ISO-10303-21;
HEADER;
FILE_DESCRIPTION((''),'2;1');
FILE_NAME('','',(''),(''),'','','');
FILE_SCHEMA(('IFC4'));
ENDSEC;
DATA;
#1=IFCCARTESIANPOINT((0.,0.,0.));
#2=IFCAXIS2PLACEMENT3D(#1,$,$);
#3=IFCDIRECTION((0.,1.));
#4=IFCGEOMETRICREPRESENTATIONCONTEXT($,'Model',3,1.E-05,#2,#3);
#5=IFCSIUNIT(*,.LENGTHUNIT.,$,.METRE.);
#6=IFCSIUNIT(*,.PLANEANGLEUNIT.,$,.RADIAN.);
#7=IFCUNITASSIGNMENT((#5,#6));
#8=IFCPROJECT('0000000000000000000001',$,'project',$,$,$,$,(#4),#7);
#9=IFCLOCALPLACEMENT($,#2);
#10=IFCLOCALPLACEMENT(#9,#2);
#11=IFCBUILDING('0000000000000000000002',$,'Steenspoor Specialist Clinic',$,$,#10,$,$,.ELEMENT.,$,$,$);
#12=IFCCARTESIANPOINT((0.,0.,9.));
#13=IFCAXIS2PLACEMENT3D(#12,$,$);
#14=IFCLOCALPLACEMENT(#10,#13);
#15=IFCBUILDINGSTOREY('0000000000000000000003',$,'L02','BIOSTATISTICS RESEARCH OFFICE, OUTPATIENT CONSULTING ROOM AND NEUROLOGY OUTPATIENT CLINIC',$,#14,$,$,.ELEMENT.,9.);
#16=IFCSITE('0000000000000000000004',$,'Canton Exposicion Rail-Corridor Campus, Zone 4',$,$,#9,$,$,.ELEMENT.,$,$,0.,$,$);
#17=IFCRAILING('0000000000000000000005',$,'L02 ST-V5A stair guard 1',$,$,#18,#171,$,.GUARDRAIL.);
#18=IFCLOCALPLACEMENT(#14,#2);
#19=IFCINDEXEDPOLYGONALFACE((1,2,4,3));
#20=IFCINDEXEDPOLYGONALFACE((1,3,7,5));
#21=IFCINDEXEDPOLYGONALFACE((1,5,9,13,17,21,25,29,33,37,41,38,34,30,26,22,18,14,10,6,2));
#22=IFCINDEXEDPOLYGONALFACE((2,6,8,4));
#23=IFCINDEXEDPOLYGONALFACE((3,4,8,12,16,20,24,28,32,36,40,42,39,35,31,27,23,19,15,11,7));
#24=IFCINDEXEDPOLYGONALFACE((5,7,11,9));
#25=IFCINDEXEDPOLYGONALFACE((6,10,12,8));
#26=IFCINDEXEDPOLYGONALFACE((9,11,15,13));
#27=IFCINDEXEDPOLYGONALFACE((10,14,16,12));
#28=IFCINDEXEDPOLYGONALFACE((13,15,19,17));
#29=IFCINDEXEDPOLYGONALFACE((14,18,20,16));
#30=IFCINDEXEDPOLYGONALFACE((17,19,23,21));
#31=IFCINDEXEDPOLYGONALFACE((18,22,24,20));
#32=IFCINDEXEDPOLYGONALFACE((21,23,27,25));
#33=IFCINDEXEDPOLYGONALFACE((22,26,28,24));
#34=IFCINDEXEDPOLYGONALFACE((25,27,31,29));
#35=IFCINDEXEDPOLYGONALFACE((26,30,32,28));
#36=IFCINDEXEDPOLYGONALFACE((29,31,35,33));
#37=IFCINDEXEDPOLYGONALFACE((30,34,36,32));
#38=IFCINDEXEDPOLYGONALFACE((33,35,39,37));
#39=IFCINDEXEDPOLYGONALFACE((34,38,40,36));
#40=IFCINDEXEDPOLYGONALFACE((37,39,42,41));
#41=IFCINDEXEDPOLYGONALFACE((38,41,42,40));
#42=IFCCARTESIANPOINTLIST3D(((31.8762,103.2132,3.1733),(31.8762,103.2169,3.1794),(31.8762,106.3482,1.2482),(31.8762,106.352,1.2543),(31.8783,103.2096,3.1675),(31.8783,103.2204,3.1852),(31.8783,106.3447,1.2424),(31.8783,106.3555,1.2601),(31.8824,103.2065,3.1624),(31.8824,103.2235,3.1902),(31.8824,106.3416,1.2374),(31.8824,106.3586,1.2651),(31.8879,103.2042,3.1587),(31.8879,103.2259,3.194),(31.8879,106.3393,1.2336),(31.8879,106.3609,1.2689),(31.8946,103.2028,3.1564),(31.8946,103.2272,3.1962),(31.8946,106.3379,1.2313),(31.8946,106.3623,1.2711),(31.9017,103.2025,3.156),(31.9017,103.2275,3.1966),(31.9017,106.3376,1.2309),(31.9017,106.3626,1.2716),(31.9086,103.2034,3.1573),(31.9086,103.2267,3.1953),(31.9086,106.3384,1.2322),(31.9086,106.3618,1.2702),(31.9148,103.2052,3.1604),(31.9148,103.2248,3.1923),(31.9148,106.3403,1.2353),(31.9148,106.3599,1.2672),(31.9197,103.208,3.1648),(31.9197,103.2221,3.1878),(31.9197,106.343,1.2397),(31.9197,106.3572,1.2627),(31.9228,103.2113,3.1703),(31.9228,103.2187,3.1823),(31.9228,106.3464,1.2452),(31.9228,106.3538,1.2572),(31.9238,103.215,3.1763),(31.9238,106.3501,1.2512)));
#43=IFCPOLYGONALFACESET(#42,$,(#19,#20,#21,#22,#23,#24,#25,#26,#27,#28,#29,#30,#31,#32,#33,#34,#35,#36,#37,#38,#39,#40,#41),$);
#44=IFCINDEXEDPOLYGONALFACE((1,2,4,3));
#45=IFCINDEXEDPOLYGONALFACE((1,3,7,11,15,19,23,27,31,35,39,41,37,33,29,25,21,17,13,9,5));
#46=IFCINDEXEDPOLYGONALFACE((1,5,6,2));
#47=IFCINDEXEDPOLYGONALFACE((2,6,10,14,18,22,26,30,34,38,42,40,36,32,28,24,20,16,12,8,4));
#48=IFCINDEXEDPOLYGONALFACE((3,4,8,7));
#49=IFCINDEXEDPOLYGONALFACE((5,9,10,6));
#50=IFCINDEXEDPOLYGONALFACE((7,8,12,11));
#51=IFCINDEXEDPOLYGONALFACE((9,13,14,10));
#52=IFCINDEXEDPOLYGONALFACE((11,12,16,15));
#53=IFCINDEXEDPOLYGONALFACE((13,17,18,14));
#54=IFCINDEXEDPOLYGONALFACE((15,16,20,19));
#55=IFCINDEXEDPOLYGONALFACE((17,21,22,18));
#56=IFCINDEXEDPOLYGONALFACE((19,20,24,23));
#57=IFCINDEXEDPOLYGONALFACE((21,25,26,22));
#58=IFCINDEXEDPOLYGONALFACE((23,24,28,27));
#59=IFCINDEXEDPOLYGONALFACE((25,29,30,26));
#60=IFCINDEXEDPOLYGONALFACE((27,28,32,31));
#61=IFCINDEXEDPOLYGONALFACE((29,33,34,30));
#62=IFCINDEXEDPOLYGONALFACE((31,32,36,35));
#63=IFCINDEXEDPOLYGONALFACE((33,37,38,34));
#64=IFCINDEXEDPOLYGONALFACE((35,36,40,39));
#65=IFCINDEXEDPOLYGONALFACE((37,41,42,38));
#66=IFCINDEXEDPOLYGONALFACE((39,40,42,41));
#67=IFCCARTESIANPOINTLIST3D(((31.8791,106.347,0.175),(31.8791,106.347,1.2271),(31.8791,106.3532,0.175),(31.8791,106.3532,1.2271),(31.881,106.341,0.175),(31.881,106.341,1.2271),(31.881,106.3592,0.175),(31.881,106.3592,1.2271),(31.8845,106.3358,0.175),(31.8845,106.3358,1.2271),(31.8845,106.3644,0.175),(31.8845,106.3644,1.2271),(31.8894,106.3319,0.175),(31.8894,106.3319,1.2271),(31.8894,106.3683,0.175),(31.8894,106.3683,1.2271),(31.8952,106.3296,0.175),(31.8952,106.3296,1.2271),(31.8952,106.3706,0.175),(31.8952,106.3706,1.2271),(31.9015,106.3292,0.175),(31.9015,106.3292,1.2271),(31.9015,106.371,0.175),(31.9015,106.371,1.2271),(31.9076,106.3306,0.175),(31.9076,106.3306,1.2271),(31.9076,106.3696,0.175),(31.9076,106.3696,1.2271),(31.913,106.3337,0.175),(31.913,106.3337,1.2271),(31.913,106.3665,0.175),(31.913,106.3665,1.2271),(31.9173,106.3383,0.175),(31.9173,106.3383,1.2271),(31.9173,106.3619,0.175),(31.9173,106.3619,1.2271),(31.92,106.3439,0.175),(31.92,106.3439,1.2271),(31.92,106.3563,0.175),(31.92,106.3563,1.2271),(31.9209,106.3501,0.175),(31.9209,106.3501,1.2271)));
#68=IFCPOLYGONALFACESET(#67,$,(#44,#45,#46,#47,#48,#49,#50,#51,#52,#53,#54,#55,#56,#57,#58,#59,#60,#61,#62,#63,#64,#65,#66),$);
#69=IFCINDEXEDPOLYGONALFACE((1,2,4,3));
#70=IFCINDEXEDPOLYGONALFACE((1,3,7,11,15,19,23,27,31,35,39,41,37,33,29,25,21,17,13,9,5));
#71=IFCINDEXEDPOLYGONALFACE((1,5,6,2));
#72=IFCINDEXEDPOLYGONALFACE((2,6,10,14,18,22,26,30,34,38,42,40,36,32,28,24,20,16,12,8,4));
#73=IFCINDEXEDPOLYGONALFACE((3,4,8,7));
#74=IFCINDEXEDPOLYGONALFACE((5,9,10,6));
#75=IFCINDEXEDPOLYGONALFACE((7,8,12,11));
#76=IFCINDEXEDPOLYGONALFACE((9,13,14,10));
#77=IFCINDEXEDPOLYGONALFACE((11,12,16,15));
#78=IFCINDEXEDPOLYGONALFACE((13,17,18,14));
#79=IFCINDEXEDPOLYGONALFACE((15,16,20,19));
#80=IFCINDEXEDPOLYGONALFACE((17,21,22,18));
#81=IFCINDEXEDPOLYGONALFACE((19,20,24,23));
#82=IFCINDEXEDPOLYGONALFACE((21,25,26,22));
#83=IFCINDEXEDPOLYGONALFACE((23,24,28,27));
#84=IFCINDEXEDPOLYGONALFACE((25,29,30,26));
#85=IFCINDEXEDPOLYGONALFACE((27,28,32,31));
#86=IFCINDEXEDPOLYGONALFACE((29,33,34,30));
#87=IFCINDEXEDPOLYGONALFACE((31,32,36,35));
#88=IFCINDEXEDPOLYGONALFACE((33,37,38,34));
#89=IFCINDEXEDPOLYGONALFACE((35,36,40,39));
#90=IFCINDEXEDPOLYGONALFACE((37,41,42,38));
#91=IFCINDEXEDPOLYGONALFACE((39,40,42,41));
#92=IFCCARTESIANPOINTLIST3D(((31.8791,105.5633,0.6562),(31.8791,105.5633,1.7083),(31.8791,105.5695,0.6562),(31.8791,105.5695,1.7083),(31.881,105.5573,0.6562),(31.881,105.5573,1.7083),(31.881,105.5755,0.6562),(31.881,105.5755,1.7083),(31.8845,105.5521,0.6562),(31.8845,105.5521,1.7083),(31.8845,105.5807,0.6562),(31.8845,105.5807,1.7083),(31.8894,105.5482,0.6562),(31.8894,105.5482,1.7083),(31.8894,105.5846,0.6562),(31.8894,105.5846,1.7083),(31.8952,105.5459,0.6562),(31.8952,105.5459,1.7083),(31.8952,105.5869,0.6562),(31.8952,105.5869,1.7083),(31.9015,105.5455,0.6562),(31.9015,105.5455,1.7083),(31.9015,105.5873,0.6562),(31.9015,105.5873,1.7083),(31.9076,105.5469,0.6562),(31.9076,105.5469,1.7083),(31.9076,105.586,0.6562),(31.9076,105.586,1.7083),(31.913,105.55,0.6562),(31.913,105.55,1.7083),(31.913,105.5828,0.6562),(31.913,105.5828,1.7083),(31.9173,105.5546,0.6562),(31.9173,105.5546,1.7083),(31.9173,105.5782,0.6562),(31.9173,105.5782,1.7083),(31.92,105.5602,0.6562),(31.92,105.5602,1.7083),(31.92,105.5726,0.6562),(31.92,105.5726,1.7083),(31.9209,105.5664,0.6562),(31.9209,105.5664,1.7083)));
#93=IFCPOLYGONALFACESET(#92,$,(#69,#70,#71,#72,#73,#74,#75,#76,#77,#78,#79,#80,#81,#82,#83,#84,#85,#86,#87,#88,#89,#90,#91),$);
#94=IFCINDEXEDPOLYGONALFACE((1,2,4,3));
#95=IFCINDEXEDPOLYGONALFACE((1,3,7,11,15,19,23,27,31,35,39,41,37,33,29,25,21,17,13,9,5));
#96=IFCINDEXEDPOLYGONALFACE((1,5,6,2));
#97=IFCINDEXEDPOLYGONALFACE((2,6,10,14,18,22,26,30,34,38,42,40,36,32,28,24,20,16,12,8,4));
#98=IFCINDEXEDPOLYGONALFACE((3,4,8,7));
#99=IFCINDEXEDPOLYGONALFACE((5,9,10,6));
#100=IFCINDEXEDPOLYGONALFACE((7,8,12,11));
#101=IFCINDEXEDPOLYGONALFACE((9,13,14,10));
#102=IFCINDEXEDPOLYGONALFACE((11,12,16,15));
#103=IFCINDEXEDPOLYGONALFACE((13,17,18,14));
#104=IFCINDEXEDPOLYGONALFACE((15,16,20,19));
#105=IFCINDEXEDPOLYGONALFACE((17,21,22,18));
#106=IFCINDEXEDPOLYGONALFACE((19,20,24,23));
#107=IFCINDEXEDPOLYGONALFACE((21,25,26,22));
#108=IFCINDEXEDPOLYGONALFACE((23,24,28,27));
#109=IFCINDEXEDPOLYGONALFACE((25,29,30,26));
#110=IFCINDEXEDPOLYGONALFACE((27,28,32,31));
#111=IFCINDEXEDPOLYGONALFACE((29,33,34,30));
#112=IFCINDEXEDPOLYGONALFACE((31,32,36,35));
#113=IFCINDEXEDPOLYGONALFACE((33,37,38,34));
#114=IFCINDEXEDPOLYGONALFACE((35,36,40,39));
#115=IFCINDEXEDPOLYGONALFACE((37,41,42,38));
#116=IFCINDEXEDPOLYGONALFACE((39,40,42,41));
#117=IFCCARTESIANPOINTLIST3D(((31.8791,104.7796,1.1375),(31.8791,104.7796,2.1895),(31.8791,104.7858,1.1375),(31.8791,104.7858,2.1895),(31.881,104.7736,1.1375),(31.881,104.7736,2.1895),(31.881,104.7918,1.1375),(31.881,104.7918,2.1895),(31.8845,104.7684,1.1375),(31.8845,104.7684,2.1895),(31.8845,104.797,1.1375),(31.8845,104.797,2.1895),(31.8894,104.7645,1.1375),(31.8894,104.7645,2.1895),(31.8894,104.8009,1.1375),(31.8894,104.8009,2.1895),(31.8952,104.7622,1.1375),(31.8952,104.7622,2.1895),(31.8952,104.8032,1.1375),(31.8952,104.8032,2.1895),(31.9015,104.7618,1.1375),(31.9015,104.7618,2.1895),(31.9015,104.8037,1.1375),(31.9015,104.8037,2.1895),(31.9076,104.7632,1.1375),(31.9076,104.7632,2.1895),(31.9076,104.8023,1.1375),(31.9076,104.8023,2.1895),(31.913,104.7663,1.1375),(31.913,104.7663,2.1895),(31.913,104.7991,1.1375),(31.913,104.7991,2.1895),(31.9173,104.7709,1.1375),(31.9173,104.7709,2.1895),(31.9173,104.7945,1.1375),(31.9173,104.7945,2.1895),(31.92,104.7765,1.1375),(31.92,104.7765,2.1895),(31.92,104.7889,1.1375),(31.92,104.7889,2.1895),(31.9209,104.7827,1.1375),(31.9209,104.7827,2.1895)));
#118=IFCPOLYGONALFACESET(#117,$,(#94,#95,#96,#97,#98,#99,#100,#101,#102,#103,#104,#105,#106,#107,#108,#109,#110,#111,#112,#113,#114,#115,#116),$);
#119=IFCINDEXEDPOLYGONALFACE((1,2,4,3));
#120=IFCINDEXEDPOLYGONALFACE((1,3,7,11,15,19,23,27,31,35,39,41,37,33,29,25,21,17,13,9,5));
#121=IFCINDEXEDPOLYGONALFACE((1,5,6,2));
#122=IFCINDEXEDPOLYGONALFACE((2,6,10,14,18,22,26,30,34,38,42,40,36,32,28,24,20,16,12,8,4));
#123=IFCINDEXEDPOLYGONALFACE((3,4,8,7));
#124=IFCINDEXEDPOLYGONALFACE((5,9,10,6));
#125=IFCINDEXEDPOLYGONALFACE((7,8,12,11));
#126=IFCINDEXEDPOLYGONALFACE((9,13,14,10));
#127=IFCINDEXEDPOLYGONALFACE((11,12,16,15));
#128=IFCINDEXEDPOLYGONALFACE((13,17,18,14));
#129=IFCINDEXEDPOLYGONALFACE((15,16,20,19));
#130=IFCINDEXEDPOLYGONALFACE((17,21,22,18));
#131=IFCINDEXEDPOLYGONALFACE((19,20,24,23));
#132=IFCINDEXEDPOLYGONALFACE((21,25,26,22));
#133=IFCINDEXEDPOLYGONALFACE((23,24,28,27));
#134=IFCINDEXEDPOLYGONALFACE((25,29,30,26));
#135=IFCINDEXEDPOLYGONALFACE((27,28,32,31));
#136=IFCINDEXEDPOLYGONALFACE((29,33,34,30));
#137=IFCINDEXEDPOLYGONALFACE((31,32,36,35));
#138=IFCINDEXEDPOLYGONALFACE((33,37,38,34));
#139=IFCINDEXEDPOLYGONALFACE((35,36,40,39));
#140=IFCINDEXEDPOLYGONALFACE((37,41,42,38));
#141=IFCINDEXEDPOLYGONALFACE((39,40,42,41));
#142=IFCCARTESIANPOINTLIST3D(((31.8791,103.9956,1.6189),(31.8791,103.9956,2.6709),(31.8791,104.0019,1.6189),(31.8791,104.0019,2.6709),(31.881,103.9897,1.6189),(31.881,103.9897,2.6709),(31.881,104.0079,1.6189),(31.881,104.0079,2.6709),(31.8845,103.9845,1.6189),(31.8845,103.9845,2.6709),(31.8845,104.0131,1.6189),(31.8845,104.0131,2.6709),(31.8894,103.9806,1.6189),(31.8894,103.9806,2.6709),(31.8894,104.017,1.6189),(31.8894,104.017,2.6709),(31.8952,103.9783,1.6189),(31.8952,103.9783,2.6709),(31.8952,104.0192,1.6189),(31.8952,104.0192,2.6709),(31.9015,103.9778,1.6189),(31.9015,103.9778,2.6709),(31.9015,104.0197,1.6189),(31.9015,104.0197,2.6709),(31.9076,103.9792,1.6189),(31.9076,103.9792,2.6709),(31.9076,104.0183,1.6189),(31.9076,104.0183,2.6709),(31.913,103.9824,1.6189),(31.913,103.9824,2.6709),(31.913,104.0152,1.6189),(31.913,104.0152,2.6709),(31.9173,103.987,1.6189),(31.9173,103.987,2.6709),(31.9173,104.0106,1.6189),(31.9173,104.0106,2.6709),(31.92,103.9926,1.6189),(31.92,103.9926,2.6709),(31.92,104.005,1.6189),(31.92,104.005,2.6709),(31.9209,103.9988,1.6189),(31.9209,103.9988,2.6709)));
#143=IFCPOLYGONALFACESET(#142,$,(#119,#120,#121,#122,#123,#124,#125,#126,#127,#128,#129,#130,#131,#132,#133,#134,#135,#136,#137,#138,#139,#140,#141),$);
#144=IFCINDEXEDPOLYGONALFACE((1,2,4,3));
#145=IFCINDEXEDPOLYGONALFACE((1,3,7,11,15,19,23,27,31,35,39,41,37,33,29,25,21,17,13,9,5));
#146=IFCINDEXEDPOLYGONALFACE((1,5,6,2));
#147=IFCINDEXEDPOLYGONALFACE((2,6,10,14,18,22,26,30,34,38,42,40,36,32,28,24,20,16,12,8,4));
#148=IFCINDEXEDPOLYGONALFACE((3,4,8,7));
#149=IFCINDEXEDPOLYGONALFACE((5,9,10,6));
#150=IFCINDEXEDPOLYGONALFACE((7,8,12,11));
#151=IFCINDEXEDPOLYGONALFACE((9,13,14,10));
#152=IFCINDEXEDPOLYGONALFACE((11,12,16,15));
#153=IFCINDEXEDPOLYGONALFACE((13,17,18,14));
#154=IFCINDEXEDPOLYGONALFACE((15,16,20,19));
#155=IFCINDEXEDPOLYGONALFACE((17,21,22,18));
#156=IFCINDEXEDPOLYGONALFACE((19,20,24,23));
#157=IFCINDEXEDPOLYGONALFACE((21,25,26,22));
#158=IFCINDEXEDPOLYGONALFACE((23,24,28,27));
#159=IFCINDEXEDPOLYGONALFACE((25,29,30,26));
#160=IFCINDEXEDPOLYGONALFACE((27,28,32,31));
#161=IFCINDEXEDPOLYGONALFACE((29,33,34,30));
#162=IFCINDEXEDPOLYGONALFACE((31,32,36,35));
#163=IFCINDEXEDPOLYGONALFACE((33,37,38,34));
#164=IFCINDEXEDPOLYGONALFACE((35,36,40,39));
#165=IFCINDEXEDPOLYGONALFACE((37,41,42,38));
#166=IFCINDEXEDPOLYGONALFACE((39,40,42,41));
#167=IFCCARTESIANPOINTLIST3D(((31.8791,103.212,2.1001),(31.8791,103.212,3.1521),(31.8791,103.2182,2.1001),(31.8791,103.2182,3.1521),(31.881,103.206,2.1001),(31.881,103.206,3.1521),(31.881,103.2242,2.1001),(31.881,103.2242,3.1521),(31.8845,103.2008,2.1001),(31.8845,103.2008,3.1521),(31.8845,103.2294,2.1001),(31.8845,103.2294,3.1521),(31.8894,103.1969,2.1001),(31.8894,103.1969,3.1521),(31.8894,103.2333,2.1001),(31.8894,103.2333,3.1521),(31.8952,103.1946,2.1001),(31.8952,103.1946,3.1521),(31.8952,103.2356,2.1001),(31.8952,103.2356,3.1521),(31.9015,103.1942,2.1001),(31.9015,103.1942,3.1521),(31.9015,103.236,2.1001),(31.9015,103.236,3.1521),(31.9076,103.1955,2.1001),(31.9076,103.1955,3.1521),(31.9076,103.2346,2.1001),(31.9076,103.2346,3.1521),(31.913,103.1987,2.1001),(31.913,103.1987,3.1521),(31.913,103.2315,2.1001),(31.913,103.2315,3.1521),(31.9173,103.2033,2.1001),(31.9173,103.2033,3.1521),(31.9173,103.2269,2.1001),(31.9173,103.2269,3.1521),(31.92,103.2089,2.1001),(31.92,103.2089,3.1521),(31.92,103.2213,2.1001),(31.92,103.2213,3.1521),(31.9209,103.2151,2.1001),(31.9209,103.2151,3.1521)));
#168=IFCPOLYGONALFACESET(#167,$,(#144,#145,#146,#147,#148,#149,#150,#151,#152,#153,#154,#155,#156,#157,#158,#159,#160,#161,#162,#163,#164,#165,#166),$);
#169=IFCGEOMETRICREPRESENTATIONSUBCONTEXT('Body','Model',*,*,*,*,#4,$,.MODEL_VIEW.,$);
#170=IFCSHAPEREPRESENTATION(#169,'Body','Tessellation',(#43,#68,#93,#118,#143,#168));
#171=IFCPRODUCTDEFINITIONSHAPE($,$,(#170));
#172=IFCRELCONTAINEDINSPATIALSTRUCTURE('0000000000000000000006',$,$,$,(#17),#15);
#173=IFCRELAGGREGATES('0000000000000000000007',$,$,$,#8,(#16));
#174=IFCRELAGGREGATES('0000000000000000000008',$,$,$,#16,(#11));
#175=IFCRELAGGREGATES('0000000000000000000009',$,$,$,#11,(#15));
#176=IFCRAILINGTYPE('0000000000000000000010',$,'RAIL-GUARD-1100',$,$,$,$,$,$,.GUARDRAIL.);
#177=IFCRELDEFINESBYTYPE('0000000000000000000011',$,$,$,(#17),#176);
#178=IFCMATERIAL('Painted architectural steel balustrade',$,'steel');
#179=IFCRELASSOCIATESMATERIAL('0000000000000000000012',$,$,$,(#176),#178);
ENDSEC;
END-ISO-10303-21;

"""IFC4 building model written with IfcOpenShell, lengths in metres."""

from ifc_helpers import new_model, si_unit, direction, frame, origin, origin_2d, place, context, subcontext, project, spatial, circle, extrude, material, type_object, element, save


model = new_model("IFC4")

# Units and contexts
model_context = context("Model", 3, precision=1e-05, world=origin(), true_north=direction((0.0, 1.0)))
body_context = subcontext(model_context, "Body", "Model", "MODEL_VIEW")
ifc_project = project(units=[si_unit("LENGTHUNIT", "METRE"), si_unit("PLANEANGLEUNIT", "RADIAN")], contexts=[model_context])

# Site, building, storey
site_placement = place(None, origin())
site = spatial("IfcSite", under=ifc_project, at=site_placement, Name="Canton Exposicion Rail-Corridor Campus, Zone 4", CompositionType="ELEMENT", RefElevation=0.0)
building_placement = place(site_placement, origin())
building = spatial("IfcBuilding", under=site, at=building_placement, Name="Steenspoor Specialist Clinic", CompositionType="ELEMENT")
storey_placement = place(building_placement, frame((0.0, 0.0, 9.0)))
storey = spatial("IfcBuildingStorey", under=building, at=storey_placement, Name="L02", Description="BIOSTATISTICS RESEARCH OFFICE, OUTPATIENT CONSULTING ROOM AND NEUROLOGY OUTPATIENT CLINIC", CompositionType="ELEMENT", Elevation=9.0)

# Railing
ifc_material_1 = material(Name="Painted architectural steel balustrade", Category="steel")
railing_type_1 = type_object("IfcRailingType", Name="RAIL-GUARD-1100", PredefinedType="GUARDRAIL", material=ifc_material_1)
railing_1_placement = place(storey_placement, frame((31.8999, 106.3501, 0.175)))
element("IfcRailing", 1, at=railing_1_placement, inside=storey, type_object=railing_type_1, Name="L02 ST-V5A stair guard 1", PredefinedType="GUARDRAIL", context=body_context, shape_type="SweptSolid", body=[
    extrude(circle(Radius=0.0239, at=origin_2d()), frame((0.0, 0.0, 1.0762), z_axis=(0.0, -0.852166, 0.523271), x_axis=(1.0, 0.0, 0.0)), (0.0, 0.0, 1.0), 3.679),
    extrude(circle(Radius=0.021, at=origin_2d()), origin(), (0.0, 0.0, 1.0), 1.052),
    extrude(circle(Radius=0.021, at=origin_2d()), frame((0.0, -0.7837, 0.4812)), (0.0, 0.0, 1.0), 1.052),
    extrude(circle(Radius=0.021, at=origin_2d()), frame((0.0, -1.5674, 0.9624)), (0.0, 0.0, 1.0), 1.052),
    extrude(circle(Radius=0.021, at=origin_2d()), frame((0.0, -2.3513, 1.4438)), (0.0, 0.0, 1.0), 1.052),
    extrude(circle(Radius=0.021, at=origin_2d()), frame((0.0, -3.135, 1.925)), (0.0, 0.0, 1.0), 1.052),
])

save(model, "model.ifc")
